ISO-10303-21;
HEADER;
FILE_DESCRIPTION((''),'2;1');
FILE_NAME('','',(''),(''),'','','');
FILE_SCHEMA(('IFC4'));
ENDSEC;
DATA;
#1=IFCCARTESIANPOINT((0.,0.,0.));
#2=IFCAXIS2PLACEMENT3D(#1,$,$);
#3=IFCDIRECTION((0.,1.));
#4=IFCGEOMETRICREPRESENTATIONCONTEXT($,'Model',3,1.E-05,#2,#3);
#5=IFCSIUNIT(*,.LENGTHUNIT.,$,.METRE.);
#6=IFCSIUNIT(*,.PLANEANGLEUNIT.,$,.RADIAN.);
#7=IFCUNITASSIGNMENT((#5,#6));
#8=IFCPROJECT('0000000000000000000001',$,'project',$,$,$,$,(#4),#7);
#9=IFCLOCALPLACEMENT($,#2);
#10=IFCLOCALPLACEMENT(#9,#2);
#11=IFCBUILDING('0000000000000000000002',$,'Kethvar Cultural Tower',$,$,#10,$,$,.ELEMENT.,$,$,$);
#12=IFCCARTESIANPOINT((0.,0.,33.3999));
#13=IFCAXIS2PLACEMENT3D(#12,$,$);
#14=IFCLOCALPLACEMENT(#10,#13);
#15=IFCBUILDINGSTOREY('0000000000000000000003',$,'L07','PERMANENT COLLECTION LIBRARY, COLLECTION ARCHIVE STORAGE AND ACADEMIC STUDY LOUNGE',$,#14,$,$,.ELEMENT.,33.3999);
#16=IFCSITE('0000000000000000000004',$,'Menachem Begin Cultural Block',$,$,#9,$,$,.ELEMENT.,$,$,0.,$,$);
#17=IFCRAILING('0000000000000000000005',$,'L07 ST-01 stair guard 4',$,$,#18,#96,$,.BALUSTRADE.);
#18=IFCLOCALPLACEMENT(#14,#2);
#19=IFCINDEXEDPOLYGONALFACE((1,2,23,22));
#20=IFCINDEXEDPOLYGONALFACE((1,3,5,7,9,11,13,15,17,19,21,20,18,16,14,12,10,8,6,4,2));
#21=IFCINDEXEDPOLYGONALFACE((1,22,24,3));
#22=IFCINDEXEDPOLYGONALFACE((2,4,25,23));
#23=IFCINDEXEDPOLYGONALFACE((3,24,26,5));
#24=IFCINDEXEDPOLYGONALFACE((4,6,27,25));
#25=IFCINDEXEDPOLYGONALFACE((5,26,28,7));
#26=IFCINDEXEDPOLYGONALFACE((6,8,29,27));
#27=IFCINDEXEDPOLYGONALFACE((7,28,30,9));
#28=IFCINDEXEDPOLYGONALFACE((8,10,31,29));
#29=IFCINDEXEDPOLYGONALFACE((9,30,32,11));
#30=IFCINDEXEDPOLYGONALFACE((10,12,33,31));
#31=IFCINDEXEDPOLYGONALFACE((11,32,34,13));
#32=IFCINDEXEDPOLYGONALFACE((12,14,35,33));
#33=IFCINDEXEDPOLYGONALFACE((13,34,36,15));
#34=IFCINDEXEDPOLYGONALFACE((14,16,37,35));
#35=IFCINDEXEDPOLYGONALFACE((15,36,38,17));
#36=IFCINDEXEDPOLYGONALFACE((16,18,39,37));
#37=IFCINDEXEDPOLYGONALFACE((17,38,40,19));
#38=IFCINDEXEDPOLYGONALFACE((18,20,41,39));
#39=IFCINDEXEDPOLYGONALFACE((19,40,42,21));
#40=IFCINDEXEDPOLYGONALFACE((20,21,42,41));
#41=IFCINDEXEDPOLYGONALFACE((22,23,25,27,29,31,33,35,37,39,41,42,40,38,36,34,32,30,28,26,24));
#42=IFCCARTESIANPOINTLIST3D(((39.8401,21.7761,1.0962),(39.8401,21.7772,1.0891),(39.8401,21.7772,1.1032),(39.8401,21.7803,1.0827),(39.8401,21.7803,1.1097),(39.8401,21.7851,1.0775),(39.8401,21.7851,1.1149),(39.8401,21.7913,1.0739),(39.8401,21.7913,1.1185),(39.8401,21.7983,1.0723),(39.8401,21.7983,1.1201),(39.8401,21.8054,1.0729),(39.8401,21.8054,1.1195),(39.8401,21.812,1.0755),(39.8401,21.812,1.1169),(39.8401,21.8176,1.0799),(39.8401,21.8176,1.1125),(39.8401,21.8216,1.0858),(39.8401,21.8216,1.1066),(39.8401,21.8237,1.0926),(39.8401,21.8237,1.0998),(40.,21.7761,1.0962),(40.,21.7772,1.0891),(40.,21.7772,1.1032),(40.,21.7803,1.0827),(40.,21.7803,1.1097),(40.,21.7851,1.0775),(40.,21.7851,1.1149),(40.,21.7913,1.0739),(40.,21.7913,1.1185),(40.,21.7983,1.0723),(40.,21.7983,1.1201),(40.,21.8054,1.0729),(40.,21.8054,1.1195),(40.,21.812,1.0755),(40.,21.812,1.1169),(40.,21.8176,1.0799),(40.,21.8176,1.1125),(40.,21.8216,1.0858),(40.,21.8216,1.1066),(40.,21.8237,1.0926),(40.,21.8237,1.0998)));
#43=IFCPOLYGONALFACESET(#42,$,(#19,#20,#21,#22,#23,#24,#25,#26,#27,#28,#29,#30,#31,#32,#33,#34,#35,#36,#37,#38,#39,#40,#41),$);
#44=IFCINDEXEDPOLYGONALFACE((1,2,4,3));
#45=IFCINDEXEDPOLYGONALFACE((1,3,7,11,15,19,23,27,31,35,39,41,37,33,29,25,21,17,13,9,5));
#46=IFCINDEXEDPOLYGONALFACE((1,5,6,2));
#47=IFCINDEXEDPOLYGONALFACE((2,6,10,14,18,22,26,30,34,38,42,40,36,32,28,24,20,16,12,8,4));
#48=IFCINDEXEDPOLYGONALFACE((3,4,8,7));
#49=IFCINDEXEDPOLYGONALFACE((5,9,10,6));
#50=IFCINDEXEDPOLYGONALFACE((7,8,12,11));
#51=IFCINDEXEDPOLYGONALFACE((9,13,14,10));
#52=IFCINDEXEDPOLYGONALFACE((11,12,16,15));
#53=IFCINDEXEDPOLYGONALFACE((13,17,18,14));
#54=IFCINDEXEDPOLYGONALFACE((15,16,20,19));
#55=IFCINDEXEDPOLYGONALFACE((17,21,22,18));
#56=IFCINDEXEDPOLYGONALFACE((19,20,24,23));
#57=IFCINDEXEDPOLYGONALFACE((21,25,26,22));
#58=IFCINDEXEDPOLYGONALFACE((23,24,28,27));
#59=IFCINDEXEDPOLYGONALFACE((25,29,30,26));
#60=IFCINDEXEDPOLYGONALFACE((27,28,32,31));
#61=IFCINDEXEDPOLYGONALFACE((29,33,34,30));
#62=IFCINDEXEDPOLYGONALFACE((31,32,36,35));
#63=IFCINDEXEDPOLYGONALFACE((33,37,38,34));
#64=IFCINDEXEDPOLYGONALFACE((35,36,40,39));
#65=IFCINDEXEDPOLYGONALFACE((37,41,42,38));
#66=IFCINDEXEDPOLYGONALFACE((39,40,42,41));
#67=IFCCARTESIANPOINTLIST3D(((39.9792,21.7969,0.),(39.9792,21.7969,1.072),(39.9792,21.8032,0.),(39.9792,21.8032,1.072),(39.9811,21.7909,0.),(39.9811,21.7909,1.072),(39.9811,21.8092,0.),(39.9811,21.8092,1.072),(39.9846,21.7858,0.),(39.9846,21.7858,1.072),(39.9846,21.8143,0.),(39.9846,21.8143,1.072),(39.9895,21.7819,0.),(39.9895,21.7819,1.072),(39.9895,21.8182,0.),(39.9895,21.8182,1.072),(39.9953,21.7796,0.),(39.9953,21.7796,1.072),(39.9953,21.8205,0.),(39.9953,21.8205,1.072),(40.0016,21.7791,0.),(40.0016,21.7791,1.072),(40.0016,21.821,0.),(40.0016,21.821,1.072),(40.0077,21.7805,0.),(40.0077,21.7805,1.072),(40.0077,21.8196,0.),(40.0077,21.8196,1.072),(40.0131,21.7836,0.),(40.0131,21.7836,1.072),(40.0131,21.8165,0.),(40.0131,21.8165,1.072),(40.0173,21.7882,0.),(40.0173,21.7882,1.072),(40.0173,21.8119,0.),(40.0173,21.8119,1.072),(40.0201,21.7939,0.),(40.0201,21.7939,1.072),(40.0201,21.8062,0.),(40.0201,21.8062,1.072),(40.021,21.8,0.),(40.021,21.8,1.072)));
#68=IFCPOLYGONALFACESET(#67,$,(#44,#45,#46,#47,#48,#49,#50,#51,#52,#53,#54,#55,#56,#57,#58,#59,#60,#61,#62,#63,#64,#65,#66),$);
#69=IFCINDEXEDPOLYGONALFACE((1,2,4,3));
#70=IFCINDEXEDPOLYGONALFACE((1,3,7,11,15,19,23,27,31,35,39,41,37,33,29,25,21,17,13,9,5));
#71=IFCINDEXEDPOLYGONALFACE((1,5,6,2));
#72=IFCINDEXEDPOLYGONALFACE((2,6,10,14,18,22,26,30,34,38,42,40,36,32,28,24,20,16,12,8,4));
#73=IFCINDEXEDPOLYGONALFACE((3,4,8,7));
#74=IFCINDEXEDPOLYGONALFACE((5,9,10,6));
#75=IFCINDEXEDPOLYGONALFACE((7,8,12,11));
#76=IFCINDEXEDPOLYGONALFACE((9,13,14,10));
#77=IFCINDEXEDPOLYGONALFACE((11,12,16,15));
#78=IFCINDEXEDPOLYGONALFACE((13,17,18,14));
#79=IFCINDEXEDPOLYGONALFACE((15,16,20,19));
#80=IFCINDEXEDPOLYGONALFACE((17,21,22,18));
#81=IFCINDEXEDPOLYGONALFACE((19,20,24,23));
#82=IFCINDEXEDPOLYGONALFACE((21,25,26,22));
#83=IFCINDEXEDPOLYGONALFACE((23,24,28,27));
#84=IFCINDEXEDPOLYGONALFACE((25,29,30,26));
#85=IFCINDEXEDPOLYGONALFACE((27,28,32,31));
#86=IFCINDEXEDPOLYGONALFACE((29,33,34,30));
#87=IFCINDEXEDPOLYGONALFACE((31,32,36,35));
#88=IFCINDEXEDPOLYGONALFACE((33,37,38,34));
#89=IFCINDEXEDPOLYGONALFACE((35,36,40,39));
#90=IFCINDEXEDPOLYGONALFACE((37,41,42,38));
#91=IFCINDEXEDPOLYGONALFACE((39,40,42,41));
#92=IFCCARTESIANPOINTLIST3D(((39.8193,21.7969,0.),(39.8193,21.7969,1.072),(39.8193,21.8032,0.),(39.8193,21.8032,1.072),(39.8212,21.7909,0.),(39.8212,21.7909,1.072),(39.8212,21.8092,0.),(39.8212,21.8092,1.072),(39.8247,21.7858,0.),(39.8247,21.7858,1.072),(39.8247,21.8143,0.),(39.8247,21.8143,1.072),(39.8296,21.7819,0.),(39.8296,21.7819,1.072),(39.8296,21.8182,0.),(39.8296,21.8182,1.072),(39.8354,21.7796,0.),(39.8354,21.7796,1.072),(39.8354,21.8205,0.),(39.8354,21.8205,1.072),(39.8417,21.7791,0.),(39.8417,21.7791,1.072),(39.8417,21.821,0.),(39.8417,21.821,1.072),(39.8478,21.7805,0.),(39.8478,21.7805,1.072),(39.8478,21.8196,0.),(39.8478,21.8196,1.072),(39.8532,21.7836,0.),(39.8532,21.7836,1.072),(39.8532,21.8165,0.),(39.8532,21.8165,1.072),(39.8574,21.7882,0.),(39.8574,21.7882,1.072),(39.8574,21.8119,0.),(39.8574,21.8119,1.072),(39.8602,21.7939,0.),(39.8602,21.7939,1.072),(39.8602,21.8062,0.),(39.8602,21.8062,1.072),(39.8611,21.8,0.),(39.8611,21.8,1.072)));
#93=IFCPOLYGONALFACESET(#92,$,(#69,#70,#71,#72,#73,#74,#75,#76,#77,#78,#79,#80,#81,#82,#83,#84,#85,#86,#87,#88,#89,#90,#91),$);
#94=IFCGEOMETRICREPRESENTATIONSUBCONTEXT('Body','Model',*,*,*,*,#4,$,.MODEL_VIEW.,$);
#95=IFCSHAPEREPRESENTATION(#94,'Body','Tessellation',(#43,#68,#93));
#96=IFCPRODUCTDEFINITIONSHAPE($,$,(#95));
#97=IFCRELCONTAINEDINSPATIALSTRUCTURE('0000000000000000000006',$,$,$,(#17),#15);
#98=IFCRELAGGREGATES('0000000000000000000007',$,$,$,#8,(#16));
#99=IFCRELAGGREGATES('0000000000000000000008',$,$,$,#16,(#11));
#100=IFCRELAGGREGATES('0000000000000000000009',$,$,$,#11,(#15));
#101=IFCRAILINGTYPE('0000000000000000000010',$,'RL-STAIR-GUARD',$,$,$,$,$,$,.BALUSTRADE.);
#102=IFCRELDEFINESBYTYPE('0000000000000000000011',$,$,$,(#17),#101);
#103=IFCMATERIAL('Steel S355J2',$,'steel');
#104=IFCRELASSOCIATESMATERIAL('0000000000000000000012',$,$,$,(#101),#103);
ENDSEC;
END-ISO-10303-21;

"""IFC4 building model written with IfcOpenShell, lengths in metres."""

from ifc_helpers import new_model, si_unit, direction, frame, origin, origin_2d, place, context, subcontext, project, spatial, circle, extrude, material, type_object, element, save


model = new_model("IFC4")

# Units and contexts
model_context = context("Model", 3, precision=1e-05, world=origin(), true_north=direction((0.0, 1.0)))
body_context = subcontext(model_context, "Body", "Model", "MODEL_VIEW")
ifc_project = project(units=[si_unit("LENGTHUNIT", "METRE"), si_unit("PLANEANGLEUNIT", "RADIAN")], contexts=[model_context])

# Site, building, storey
site_placement = place(None, origin())
site = spatial("IfcSite", under=ifc_project, at=site_placement, Name="Menachem Begin Cultural Block", CompositionType="ELEMENT", RefElevation=0.0)
building_placement = place(site_placement, origin())
building = spatial("IfcBuilding", under=site, at=building_placement, Name="Kethvar Cultural Tower", CompositionType="ELEMENT")
storey_placement = place(building_placement, frame((0.0, 0.0, 33.3999)))
storey = spatial("IfcBuildingStorey", under=building, at=storey_placement, Name="L07", Description="PERMANENT COLLECTION LIBRARY, COLLECTION ARCHIVE STORAGE AND ACADEMIC STUDY LOUNGE", CompositionType="ELEMENT", Elevation=33.3999)

# Shared definitions
ifc_material_1 = material(Name="Steel S355J2", Category="steel")

# Railing
railing_type_1 = type_object("IfcRailingType", Name="RL-STAIR-GUARD", PredefinedType="BALUSTRADE", material=ifc_material_1)
railing_1_placement = place(storey_placement, frame((40.0, 21.8, 0.0)))
element("IfcRailing", 1, at=railing_1_placement, inside=storey, type_object=railing_type_1, Name="L07 ST-01 stair guard 4", PredefinedType="BALUSTRADE", context=body_context, shape_type="SweptSolid", body=[
    extrude(circle(Radius=0.0239, at=origin_2d()), frame((0.0, 0.0, 1.0962), z_axis=(-1.0, 0.0, 0.0), x_axis=(0.0, -1.0, 0.0)), (0.0, 0.0, 1.0), 0.1599),
    extrude(circle(Radius=0.021, at=origin_2d()), origin(), (0.0, 0.0, 1.0), 1.072),
    extrude(circle(Radius=0.021, at=origin_2d()), frame((-0.1599, 0.0, 0.0)), (0.0, 0.0, 1.0), 1.072),
])

save(model, "model.ifc")
